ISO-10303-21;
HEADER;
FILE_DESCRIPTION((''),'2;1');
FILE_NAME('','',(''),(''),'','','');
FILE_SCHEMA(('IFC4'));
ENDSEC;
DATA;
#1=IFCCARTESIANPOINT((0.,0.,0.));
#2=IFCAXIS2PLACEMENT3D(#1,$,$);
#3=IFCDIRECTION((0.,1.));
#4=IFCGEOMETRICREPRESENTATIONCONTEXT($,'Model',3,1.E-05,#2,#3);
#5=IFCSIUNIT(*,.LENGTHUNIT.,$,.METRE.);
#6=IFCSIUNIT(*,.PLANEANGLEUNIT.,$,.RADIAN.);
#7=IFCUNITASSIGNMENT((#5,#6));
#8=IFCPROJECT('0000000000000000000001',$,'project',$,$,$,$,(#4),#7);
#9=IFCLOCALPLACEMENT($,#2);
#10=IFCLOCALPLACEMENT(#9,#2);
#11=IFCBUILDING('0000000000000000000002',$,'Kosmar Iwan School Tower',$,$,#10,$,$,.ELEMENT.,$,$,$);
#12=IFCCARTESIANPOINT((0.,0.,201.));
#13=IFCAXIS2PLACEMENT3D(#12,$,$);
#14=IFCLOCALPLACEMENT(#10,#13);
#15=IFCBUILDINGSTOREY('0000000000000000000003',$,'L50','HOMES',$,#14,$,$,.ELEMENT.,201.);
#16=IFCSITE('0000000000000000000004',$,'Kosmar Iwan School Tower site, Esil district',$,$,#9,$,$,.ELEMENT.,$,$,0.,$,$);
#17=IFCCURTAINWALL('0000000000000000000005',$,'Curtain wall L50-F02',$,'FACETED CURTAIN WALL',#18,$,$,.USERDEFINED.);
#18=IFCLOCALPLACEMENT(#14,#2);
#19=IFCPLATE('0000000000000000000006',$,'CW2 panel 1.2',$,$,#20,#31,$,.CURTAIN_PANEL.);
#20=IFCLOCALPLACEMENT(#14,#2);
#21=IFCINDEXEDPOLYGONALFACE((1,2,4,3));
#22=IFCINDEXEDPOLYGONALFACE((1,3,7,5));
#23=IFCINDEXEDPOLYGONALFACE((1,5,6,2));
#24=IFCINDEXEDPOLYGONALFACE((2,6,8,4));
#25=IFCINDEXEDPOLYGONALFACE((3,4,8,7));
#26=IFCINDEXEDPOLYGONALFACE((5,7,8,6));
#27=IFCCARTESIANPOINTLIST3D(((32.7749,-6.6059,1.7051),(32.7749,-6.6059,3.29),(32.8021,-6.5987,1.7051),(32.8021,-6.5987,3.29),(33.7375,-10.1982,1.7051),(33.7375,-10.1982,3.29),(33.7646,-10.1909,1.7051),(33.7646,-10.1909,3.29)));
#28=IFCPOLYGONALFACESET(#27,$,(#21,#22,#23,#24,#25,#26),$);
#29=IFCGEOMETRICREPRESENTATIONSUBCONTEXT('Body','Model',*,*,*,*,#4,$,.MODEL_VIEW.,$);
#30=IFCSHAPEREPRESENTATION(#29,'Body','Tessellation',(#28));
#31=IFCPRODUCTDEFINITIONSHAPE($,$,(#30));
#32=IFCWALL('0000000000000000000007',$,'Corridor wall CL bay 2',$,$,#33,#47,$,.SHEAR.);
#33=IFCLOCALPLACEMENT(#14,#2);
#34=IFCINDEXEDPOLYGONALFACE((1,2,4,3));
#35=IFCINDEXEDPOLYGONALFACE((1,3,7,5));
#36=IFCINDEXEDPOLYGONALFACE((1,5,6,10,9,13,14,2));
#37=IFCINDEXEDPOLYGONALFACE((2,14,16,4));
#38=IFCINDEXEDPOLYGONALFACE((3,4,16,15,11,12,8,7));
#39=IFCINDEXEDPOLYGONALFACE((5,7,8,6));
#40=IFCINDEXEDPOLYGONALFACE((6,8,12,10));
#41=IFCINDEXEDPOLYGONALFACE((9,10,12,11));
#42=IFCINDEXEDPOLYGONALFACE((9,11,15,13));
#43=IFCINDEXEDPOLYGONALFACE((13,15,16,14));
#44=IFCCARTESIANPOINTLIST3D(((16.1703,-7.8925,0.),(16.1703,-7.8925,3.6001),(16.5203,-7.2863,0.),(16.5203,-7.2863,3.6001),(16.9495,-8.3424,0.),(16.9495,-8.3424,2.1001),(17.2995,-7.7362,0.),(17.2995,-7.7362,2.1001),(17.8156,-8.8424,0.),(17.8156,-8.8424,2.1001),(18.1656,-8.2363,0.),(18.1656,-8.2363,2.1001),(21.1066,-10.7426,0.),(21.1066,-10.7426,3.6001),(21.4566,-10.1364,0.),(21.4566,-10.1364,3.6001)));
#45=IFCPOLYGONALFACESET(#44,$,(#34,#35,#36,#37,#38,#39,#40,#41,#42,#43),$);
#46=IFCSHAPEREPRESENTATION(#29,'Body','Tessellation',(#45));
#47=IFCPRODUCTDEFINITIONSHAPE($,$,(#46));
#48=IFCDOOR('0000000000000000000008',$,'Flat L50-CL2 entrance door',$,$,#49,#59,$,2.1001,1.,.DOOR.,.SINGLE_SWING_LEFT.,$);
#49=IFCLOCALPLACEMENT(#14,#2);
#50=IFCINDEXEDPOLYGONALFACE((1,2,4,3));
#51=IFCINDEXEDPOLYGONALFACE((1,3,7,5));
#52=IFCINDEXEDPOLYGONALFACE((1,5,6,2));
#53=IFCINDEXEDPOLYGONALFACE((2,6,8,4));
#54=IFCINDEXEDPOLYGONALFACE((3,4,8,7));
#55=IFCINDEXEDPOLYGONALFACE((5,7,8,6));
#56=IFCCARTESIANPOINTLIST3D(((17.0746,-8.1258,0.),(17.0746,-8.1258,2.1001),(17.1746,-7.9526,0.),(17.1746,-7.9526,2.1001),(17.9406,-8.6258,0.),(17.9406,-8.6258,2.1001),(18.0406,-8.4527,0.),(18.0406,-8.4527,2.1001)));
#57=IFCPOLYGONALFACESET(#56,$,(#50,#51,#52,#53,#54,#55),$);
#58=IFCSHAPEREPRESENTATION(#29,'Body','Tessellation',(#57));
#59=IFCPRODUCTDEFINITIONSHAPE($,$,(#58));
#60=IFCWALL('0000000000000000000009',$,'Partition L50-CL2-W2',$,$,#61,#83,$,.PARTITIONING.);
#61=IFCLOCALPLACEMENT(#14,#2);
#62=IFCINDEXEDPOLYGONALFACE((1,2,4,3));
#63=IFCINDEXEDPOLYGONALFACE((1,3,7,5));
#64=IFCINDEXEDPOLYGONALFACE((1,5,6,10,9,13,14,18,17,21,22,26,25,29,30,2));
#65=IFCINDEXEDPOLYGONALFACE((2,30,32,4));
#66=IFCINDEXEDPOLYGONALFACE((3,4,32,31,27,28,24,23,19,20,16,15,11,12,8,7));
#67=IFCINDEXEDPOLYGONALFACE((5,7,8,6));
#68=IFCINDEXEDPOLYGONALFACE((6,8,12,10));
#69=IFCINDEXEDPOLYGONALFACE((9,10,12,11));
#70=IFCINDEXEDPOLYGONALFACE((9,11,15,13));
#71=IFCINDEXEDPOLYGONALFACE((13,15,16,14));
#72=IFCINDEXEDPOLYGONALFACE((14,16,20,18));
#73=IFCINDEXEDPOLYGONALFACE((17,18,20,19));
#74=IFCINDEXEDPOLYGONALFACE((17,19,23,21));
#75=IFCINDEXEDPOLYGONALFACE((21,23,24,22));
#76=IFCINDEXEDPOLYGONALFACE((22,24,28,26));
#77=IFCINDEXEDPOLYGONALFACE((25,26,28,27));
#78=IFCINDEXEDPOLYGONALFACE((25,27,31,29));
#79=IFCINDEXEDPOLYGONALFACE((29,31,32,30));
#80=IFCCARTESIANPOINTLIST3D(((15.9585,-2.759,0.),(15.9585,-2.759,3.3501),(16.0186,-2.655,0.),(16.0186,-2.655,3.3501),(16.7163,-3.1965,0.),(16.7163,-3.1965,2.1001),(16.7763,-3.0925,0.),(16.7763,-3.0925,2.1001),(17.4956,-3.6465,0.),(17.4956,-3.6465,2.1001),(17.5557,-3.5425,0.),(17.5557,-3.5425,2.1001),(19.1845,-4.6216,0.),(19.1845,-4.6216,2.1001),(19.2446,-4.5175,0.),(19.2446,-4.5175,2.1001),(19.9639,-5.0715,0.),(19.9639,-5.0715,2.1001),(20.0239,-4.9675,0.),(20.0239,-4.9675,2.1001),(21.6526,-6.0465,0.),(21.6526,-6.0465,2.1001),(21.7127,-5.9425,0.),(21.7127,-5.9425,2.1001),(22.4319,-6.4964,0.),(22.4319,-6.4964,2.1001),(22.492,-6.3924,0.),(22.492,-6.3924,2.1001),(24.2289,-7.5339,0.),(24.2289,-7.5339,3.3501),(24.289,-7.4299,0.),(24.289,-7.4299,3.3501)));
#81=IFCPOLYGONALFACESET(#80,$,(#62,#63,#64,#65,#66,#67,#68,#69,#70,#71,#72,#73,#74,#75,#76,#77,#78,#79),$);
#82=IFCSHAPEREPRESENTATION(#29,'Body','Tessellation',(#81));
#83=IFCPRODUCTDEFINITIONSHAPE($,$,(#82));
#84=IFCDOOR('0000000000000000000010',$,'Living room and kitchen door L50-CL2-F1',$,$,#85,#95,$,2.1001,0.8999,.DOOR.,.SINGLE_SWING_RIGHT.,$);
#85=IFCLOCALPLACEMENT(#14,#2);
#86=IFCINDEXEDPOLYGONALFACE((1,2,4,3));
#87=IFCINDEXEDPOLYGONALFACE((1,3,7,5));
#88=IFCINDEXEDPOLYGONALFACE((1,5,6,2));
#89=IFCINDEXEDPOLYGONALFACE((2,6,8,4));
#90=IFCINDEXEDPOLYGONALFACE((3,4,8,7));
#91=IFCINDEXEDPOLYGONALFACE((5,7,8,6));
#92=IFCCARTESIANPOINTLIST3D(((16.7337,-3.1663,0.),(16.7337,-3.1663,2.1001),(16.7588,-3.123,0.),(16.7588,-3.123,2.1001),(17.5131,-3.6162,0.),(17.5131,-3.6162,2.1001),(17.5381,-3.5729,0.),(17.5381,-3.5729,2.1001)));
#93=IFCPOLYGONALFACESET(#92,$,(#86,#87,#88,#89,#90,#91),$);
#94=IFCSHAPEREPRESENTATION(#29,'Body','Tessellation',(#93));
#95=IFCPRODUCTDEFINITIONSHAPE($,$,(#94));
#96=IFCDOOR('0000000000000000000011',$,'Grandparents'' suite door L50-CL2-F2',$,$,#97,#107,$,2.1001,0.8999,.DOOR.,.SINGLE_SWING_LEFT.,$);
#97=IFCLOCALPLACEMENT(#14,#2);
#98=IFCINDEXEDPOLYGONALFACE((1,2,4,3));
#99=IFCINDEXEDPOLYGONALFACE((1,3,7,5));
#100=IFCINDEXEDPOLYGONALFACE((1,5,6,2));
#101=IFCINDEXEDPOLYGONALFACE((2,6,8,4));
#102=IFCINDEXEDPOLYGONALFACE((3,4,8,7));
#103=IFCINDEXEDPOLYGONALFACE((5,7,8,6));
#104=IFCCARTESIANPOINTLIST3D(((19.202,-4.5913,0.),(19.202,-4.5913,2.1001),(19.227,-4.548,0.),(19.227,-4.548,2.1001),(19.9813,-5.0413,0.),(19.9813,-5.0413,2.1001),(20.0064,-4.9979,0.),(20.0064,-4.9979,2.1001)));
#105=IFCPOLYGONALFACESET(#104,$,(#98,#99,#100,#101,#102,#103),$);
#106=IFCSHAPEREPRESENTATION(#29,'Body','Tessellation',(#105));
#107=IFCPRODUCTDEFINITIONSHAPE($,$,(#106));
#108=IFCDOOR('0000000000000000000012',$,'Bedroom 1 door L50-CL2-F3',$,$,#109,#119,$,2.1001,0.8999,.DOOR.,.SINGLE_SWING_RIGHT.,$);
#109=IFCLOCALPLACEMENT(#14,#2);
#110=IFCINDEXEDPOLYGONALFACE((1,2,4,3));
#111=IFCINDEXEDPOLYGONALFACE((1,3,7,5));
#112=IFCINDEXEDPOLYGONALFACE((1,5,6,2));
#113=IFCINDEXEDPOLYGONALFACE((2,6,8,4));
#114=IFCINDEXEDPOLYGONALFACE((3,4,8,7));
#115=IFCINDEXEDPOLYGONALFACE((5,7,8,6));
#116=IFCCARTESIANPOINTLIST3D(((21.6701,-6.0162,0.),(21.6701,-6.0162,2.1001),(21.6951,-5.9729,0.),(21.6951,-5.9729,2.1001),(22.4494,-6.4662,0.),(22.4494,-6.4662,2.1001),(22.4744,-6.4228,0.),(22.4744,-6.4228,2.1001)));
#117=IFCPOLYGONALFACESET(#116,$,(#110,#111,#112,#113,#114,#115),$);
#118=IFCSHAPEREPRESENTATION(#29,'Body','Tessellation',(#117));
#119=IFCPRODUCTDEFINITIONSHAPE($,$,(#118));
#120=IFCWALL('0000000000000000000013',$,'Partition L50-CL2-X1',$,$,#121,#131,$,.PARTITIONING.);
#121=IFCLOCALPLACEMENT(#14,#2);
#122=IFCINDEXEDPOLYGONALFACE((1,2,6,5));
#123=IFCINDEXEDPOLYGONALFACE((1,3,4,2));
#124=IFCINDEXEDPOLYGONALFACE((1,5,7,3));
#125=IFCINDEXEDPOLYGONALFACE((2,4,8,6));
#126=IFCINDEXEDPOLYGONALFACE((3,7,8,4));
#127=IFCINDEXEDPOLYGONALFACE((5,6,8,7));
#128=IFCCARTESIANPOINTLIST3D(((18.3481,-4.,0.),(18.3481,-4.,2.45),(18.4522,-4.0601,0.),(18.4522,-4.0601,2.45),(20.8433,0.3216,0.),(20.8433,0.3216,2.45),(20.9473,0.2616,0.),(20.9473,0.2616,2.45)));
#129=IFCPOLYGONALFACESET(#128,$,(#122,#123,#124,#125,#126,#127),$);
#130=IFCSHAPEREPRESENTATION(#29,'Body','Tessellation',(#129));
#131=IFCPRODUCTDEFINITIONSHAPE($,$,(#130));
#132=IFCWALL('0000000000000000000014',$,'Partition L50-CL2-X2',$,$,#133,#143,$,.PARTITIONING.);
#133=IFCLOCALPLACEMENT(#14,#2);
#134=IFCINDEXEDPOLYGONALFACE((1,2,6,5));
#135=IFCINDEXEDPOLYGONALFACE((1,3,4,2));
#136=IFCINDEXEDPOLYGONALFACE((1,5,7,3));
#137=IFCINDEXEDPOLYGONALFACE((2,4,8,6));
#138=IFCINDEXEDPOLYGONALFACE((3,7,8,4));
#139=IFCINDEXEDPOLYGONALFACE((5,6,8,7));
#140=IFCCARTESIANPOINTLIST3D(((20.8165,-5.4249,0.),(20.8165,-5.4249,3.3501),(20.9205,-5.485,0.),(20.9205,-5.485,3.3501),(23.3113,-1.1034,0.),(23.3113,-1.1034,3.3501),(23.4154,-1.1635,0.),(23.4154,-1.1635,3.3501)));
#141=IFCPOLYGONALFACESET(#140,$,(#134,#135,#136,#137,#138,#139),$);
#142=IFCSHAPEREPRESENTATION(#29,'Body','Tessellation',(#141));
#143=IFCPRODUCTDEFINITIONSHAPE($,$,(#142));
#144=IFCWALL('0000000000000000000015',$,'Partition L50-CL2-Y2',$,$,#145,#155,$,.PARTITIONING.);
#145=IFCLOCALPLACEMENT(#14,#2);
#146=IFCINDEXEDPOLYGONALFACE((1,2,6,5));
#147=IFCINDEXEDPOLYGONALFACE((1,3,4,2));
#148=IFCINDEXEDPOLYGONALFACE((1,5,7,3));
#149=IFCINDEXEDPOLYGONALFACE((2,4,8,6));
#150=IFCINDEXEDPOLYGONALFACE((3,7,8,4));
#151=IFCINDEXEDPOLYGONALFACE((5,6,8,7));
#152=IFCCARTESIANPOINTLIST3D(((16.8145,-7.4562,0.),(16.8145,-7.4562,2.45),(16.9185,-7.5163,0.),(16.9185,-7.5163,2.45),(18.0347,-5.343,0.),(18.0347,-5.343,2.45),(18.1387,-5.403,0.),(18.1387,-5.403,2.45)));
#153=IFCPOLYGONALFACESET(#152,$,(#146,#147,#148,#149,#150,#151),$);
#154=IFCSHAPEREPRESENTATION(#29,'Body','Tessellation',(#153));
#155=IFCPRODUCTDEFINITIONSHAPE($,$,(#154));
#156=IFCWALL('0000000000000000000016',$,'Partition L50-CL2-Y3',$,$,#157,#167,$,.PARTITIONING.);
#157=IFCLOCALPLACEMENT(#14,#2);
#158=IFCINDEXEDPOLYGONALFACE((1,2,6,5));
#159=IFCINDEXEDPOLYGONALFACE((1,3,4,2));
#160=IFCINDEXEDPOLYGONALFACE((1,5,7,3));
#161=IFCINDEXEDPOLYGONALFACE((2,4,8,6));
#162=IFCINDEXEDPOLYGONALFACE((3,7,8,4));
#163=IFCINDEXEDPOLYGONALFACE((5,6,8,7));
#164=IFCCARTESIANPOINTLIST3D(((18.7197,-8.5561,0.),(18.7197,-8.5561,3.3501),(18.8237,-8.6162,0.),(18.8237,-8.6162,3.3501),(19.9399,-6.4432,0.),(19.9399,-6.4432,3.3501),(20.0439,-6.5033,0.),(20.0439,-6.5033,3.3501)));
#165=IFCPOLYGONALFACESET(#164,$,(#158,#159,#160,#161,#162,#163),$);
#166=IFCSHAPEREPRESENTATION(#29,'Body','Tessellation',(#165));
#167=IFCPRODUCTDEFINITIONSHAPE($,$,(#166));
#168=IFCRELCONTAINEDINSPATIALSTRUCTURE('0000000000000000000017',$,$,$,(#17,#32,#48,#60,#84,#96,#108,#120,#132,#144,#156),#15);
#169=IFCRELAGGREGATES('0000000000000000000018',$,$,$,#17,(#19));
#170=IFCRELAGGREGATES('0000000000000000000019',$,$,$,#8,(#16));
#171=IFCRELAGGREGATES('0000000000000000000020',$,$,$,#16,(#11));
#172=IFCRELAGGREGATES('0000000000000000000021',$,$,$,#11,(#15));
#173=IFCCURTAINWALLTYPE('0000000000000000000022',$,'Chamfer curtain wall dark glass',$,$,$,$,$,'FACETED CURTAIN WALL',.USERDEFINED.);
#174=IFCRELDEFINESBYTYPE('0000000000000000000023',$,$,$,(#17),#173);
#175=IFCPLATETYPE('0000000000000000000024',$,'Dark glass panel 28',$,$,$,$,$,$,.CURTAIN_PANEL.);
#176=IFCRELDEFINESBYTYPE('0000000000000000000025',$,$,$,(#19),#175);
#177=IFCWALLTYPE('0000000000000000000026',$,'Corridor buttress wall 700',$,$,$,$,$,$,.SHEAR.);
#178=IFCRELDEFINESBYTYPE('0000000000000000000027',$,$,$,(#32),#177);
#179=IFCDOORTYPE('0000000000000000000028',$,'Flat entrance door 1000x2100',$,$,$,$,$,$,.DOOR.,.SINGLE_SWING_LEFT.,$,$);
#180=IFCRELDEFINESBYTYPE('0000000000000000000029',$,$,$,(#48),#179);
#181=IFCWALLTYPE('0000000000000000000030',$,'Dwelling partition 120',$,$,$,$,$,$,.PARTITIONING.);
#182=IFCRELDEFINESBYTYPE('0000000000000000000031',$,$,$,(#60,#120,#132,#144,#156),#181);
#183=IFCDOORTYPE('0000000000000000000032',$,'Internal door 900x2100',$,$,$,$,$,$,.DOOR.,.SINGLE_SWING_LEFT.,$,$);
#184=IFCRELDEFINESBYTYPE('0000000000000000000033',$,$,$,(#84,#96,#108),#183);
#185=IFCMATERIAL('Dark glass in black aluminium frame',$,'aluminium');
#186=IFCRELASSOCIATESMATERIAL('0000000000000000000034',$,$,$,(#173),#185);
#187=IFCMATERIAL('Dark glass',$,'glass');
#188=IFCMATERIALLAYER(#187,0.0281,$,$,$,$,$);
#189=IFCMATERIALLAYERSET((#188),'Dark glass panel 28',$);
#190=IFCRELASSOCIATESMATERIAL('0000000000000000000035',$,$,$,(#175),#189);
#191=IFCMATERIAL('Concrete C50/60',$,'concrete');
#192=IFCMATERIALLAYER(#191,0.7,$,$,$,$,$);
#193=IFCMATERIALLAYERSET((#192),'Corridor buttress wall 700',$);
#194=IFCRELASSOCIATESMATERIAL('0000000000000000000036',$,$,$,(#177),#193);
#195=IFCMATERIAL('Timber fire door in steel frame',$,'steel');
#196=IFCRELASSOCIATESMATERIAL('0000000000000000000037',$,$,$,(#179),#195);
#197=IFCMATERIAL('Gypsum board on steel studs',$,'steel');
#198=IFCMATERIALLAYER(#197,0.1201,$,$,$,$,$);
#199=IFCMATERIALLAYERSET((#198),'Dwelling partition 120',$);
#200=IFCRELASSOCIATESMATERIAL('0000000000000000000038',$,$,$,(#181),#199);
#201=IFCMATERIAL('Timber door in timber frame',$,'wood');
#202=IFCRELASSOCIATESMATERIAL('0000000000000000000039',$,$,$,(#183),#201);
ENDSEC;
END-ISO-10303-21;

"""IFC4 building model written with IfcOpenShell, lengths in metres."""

from ifc_helpers import new_model, si_unit, direction, frame, frame_2d, origin, origin_2d, place, context, subcontext, project, spatial, rectangle, extrude, material, layer, layer_set, type_object, element, fill, aggregate, save


model = new_model("IFC4")

# Units and contexts
model_context = context("Model", 3, precision=1e-05, world=origin(), true_north=direction((0.0, 1.0)))
body_context = subcontext(model_context, "Body", "Model", "MODEL_VIEW")
ifc_project = project(units=[si_unit("LENGTHUNIT", "METRE"), si_unit("PLANEANGLEUNIT", "RADIAN")], contexts=[model_context])

# Site, building, storey
site_placement = place(None, origin())
site = spatial("IfcSite", under=ifc_project, at=site_placement, Name="Kosmar Iwan School Tower site, Esil district", CompositionType="ELEMENT", RefElevation=0.0)
building_placement = place(site_placement, origin())
building = spatial("IfcBuilding", under=site, at=building_placement, Name="Kosmar Iwan School Tower", CompositionType="ELEMENT")
storey_placement = place(building_placement, frame((0.0, 0.0, 201.0)))
storey = spatial("IfcBuildingStorey", under=building, at=storey_placement, Name="L50", Description="HOMES", CompositionType="ELEMENT", Elevation=201.0)

# Curtain wall
ifc_material_1 = material(Name="Dark glass in black aluminium frame", Category="aluminium")
curtain_wall_type = type_object("IfcCurtainWallType", Name="Chamfer curtain wall dark glass", ElementType="FACETED CURTAIN WALL", PredefinedType="USERDEFINED", material=ifc_material_1)
curtain_wall_placement = place(storey_placement, origin())
curtain_wall = element("IfcCurtainWall", 1, at=curtain_wall_placement, inside=storey, type_object=curtain_wall_type, Name="Curtain wall L50-F02", ObjectType="FACETED CURTAIN WALL", PredefinedType="USERDEFINED")

# Plate
ifc_material_2 = material(Name="Dark glass", Category="glass")
ifc_layer_1 = layer(ifc_material_2, 0.0281)
ifc_layer_set_1 = layer_set([ifc_layer_1], Name="Dark glass panel 28")
plate_type = type_object("IfcPlateType", Name="Dark glass panel 28", PredefinedType="CURTAIN_PANEL", material=ifc_layer_set_1)
plate_1_placement = place(storey_placement, frame((33.2698, -8.3984, 1.7051), z_axis=(0.0, 0.0, 1.0), x_axis=(-0.258819, 0.965926, 0.0)))
plate_1 = element("IfcPlate", 2, at=plate_1_placement, type_object=plate_type, Name="CW2 panel 1.2", PredefinedType="CURTAIN_PANEL", context=body_context, shape_type="SweptSolid", body=[
    extrude(rectangle(XDim=3.719, YDim=0.0281, at=origin_2d()), origin(), (0.0, 0.0, 1.0), 1.585),
])
aggregate(curtain_wall, [plate_1])

# Wall, opening, door
ifc_material_3 = material(Name="Concrete C50/60", Category="concrete")
ifc_layer_2 = layer(ifc_material_3, 0.7)
ifc_layer_set_2 = layer_set([ifc_layer_2], Name="Corridor buttress wall 700")
wall_type_1 = type_object("IfcWallType", Name="Corridor buttress wall 700", PredefinedType="SHEAR", material=ifc_layer_set_2)
wall_1_placement = place(storey_placement, frame((16.3452, -7.5894, 0.0), z_axis=(0.0, 0.0, 1.0), x_axis=(0.866015, -0.500018, 0.0)))
wall_1 = element("IfcWall", 3, at=wall_1_placement, inside=storey, type_object=wall_type_1, Name="Corridor wall CL bay 2", PredefinedType="SHEAR", context=body_context, shape_type="SweptSolid", body=[
    extrude(rectangle(XDim=5.7, YDim=0.7, at=frame_2d((2.8501, 0.0))), origin(), (0.0, 0.0, 1.0), 3.6001),
])
opening_1_placement = place(wall_1_placement, frame((0.8999, 0.0, 0.0)))
opening_1 = element("IfcOpeningElement", 4, at=opening_1_placement, cuts=wall_1, PredefinedType="OPENING", context=body_context, shape_type="SweptSolid", body=[
    extrude(rectangle(XDim=1.0, YDim=2.1001, at=frame_2d((0.5, 1.05))), frame((0.0, 0.3621, 0.0), z_axis=(0.0, -1.0, 0.0), x_axis=(1.0, 0.0, 0.0)), (0.0, 0.0, 1.0), 0.7239),
])
ifc_material_4 = material(Name="Timber fire door in steel frame", Category="steel")
door_type_1 = type_object("IfcDoorType", Name="Flat entrance door 1000x2100", OperationType="SINGLE_SWING_LEFT", PredefinedType="DOOR", material=ifc_material_4)
door_1_placement = place(opening_1_placement, origin())
door_1 = element("IfcDoor", 5, at=door_1_placement, inside=storey, type_object=door_type_1, Name="Flat L50-CL2 entrance door", OperationType="SINGLE_SWING_LEFT", OverallHeight=2.1001, OverallWidth=1.0, PredefinedType="DOOR", context=body_context, shape_type="SweptSolid", body=[
    extrude(rectangle(XDim=1.0, YDim=2.1001, at=frame_2d((0.5, 1.05))), frame((0.0, 0.1001, 0.0), z_axis=(0.0, -1.0, 0.0), x_axis=(1.0, 0.0, 0.0)), (0.0, 0.0, 1.0), 0.2),
])
fill(opening_1, door_1)

# Wall, openings, doors
ifc_material_5 = material(Name="Gypsum board on steel studs", Category="steel")
ifc_layer_3 = layer(ifc_material_5, 0.1201)
ifc_layer_set_3 = layer_set([ifc_layer_3], Name="Dwelling partition 120")
wall_type_2 = type_object("IfcWallType", Name="Dwelling partition 120", PredefinedType="PARTITIONING", material=ifc_layer_set_3)
wall_2_placement = place(storey_placement, frame((15.9885, -2.707, 0.0), z_axis=(0.0, 0.0, 1.0), x_axis=(0.866029, -0.499994, 0.0)))
wall_2 = element("IfcWall", 6, at=wall_2_placement, inside=storey, type_object=wall_type_2, Name="Partition L50-CL2-W2", PredefinedType="PARTITIONING", context=body_context, shape_type="SweptSolid", body=[
    extrude(rectangle(XDim=9.5498, YDim=0.1201, at=frame_2d((4.7749, 0.0))), origin(), (0.0, 0.0, 1.0), 3.3501),
])
opening_2_placement = place(wall_2_placement, frame((0.875, 0.0, 0.0)))
opening_2 = element("IfcOpeningElement", 7, at=opening_2_placement, cuts=wall_2, PredefinedType="OPENING", context=body_context, shape_type="SweptSolid", body=[
    extrude(rectangle(XDim=0.8999, YDim=2.1001, at=frame_2d((0.45, 1.05))), frame((0.0, 0.072, 0.0), z_axis=(0.0, -1.0, 0.0), x_axis=(1.0, 0.0, 0.0)), (0.0, 0.0, 1.0), 0.144),
])
opening_3_placement = place(wall_2_placement, frame((3.7251, 0.0, 0.0)))
opening_3 = element("IfcOpeningElement", 8, at=opening_3_placement, cuts=wall_2, PredefinedType="OPENING", context=body_context, shape_type="SweptSolid", body=[
    extrude(rectangle(XDim=0.8999, YDim=2.1001, at=frame_2d((0.45, 1.05))), frame((0.0, 0.072, 0.0), z_axis=(0.0, -1.0, 0.0), x_axis=(1.0, 0.0, 0.0)), (0.0, 0.0, 1.0), 0.144),
])
opening_4_placement = place(wall_2_placement, frame((6.575, 0.0, 0.0)))
opening_4 = element("IfcOpeningElement", 9, at=opening_4_placement, cuts=wall_2, PredefinedType="OPENING", context=body_context, shape_type="SweptSolid", body=[
    extrude(rectangle(XDim=0.8999, YDim=2.1001, at=frame_2d((0.45, 1.05))), frame((0.0, 0.072, 0.0), z_axis=(0.0, -1.0, 0.0), x_axis=(1.0, 0.0, 0.0)), (0.0, 0.0, 1.0), 0.144),
])
ifc_material_6 = material(Name="Timber door in timber frame", Category="wood")
door_type_2 = type_object("IfcDoorType", Name="Internal door 900x2100", OperationType="SINGLE_SWING_LEFT", PredefinedType="DOOR", material=ifc_material_6)
door_2_placement = place(opening_2_placement, origin())
door_2 = element("IfcDoor", 10, at=door_2_placement, inside=storey, type_object=door_type_2, Name="Living room and kitchen door L50-CL2-F1", OperationType="SINGLE_SWING_RIGHT", OverallHeight=2.1001, OverallWidth=0.8999, PredefinedType="DOOR", context=body_context, shape_type="SweptSolid", body=[
    extrude(rectangle(XDim=0.8999, YDim=2.1001, at=frame_2d((0.45, 1.05))), frame((0.0, 0.0249, 0.0), z_axis=(0.0, -1.0, 0.0), x_axis=(1.0, 0.0, 0.0)), (0.0, 0.0, 1.0), 0.05),
])
fill(opening_2, door_2)
door_3_placement = place(opening_3_placement, origin())
door_3 = element("IfcDoor", 11, at=door_3_placement, inside=storey, type_object=door_type_2, Name="Grandparents' suite door L50-CL2-F2", OperationType="SINGLE_SWING_LEFT", OverallHeight=2.1001, OverallWidth=0.8999, PredefinedType="DOOR", context=body_context, shape_type="SweptSolid", body=[
    extrude(rectangle(XDim=0.8999, YDim=2.1001, at=frame_2d((0.45, 1.05))), frame((0.0, 0.0249, 0.0), z_axis=(0.0, -1.0, 0.0), x_axis=(1.0, 0.0, 0.0)), (0.0, 0.0, 1.0), 0.05),
])
fill(opening_3, door_3)
door_4_placement = place(opening_4_placement, origin())
door_4 = element("IfcDoor", 12, at=door_4_placement, inside=storey, type_object=door_type_2, Name="Bedroom 1 door L50-CL2-F3", OperationType="SINGLE_SWING_RIGHT", OverallHeight=2.1001, OverallWidth=0.8999, PredefinedType="DOOR", context=body_context, shape_type="SweptSolid", body=[
    extrude(rectangle(XDim=0.8999, YDim=2.1001, at=frame_2d((0.45, 1.05))), frame((0.0, 0.0249, 0.0), z_axis=(0.0, -1.0, 0.0), x_axis=(1.0, 0.0, 0.0)), (0.0, 0.0, 1.0), 0.05),
])
fill(opening_4, door_4)

# Walls
wall_3_placement = place(storey_placement, frame((18.4001, -4.03, 0.0), z_axis=(0.0, 0.0, 1.0), x_axis=(0.500012, 0.866019, 0.0)))
element("IfcWall", 13, at=wall_3_placement, inside=storey, type_object=wall_type_2, Name="Partition L50-CL2-X1", PredefinedType="PARTITIONING", context=body_context, shape_type="SweptSolid", body=[
    extrude(rectangle(XDim=4.9902, YDim=0.1201, at=frame_2d((2.4951, 0.0))), origin(), (0.0, 0.0, 1.0), 2.45),
])
wall_4_placement = place(storey_placement, frame((20.8684, -5.4551, 0.0), z_axis=(0.0, 0.0, 1.0), x_axis=(0.499975, 0.86604, 0.0)))
element("IfcWall", 14, at=wall_4_placement, inside=storey, type_object=wall_type_2, Name="Partition L50-CL2-X2", PredefinedType="PARTITIONING", context=body_context, shape_type="SweptSolid", body=[
    extrude(rectangle(XDim=4.99, YDim=0.1201, at=frame_2d((2.4951, 0.0))), origin(), (0.0, 0.0, 1.0), 3.3501),
])
wall_5_placement = place(storey_placement, frame((16.8665, -7.4863, 0.0), z_axis=(0.0, 0.0, 1.0), x_axis=(0.500034, 0.866006, 0.0)))
element("IfcWall", 15, at=wall_5_placement, inside=storey, type_object=wall_type_2, Name="Partition L50-CL2-Y2", PredefinedType="PARTITIONING", context=body_context, shape_type="SweptSolid", body=[
    extrude(rectangle(XDim=2.4402, YDim=0.1201, at=frame_2d((1.2202, 0.0))), origin(), (0.0, 0.0, 1.0), 2.45),
])
wall_6_placement = place(storey_placement, frame((18.7717, -8.5862, 0.0), z_axis=(0.0, 0.0, 1.0), x_axis=(0.500078, 0.865981, 0.0)))
element("IfcWall", 16, at=wall_6_placement, inside=storey, type_object=wall_type_2, Name="Partition L50-CL2-Y3", PredefinedType="PARTITIONING", context=body_context, shape_type="SweptSolid", body=[
    extrude(rectangle(XDim=2.4399, YDim=0.1201, at=frame_2d((1.22, 0.0))), origin(), (0.0, 0.0, 1.0), 3.3501),
])

save(model, "model.ifc")
